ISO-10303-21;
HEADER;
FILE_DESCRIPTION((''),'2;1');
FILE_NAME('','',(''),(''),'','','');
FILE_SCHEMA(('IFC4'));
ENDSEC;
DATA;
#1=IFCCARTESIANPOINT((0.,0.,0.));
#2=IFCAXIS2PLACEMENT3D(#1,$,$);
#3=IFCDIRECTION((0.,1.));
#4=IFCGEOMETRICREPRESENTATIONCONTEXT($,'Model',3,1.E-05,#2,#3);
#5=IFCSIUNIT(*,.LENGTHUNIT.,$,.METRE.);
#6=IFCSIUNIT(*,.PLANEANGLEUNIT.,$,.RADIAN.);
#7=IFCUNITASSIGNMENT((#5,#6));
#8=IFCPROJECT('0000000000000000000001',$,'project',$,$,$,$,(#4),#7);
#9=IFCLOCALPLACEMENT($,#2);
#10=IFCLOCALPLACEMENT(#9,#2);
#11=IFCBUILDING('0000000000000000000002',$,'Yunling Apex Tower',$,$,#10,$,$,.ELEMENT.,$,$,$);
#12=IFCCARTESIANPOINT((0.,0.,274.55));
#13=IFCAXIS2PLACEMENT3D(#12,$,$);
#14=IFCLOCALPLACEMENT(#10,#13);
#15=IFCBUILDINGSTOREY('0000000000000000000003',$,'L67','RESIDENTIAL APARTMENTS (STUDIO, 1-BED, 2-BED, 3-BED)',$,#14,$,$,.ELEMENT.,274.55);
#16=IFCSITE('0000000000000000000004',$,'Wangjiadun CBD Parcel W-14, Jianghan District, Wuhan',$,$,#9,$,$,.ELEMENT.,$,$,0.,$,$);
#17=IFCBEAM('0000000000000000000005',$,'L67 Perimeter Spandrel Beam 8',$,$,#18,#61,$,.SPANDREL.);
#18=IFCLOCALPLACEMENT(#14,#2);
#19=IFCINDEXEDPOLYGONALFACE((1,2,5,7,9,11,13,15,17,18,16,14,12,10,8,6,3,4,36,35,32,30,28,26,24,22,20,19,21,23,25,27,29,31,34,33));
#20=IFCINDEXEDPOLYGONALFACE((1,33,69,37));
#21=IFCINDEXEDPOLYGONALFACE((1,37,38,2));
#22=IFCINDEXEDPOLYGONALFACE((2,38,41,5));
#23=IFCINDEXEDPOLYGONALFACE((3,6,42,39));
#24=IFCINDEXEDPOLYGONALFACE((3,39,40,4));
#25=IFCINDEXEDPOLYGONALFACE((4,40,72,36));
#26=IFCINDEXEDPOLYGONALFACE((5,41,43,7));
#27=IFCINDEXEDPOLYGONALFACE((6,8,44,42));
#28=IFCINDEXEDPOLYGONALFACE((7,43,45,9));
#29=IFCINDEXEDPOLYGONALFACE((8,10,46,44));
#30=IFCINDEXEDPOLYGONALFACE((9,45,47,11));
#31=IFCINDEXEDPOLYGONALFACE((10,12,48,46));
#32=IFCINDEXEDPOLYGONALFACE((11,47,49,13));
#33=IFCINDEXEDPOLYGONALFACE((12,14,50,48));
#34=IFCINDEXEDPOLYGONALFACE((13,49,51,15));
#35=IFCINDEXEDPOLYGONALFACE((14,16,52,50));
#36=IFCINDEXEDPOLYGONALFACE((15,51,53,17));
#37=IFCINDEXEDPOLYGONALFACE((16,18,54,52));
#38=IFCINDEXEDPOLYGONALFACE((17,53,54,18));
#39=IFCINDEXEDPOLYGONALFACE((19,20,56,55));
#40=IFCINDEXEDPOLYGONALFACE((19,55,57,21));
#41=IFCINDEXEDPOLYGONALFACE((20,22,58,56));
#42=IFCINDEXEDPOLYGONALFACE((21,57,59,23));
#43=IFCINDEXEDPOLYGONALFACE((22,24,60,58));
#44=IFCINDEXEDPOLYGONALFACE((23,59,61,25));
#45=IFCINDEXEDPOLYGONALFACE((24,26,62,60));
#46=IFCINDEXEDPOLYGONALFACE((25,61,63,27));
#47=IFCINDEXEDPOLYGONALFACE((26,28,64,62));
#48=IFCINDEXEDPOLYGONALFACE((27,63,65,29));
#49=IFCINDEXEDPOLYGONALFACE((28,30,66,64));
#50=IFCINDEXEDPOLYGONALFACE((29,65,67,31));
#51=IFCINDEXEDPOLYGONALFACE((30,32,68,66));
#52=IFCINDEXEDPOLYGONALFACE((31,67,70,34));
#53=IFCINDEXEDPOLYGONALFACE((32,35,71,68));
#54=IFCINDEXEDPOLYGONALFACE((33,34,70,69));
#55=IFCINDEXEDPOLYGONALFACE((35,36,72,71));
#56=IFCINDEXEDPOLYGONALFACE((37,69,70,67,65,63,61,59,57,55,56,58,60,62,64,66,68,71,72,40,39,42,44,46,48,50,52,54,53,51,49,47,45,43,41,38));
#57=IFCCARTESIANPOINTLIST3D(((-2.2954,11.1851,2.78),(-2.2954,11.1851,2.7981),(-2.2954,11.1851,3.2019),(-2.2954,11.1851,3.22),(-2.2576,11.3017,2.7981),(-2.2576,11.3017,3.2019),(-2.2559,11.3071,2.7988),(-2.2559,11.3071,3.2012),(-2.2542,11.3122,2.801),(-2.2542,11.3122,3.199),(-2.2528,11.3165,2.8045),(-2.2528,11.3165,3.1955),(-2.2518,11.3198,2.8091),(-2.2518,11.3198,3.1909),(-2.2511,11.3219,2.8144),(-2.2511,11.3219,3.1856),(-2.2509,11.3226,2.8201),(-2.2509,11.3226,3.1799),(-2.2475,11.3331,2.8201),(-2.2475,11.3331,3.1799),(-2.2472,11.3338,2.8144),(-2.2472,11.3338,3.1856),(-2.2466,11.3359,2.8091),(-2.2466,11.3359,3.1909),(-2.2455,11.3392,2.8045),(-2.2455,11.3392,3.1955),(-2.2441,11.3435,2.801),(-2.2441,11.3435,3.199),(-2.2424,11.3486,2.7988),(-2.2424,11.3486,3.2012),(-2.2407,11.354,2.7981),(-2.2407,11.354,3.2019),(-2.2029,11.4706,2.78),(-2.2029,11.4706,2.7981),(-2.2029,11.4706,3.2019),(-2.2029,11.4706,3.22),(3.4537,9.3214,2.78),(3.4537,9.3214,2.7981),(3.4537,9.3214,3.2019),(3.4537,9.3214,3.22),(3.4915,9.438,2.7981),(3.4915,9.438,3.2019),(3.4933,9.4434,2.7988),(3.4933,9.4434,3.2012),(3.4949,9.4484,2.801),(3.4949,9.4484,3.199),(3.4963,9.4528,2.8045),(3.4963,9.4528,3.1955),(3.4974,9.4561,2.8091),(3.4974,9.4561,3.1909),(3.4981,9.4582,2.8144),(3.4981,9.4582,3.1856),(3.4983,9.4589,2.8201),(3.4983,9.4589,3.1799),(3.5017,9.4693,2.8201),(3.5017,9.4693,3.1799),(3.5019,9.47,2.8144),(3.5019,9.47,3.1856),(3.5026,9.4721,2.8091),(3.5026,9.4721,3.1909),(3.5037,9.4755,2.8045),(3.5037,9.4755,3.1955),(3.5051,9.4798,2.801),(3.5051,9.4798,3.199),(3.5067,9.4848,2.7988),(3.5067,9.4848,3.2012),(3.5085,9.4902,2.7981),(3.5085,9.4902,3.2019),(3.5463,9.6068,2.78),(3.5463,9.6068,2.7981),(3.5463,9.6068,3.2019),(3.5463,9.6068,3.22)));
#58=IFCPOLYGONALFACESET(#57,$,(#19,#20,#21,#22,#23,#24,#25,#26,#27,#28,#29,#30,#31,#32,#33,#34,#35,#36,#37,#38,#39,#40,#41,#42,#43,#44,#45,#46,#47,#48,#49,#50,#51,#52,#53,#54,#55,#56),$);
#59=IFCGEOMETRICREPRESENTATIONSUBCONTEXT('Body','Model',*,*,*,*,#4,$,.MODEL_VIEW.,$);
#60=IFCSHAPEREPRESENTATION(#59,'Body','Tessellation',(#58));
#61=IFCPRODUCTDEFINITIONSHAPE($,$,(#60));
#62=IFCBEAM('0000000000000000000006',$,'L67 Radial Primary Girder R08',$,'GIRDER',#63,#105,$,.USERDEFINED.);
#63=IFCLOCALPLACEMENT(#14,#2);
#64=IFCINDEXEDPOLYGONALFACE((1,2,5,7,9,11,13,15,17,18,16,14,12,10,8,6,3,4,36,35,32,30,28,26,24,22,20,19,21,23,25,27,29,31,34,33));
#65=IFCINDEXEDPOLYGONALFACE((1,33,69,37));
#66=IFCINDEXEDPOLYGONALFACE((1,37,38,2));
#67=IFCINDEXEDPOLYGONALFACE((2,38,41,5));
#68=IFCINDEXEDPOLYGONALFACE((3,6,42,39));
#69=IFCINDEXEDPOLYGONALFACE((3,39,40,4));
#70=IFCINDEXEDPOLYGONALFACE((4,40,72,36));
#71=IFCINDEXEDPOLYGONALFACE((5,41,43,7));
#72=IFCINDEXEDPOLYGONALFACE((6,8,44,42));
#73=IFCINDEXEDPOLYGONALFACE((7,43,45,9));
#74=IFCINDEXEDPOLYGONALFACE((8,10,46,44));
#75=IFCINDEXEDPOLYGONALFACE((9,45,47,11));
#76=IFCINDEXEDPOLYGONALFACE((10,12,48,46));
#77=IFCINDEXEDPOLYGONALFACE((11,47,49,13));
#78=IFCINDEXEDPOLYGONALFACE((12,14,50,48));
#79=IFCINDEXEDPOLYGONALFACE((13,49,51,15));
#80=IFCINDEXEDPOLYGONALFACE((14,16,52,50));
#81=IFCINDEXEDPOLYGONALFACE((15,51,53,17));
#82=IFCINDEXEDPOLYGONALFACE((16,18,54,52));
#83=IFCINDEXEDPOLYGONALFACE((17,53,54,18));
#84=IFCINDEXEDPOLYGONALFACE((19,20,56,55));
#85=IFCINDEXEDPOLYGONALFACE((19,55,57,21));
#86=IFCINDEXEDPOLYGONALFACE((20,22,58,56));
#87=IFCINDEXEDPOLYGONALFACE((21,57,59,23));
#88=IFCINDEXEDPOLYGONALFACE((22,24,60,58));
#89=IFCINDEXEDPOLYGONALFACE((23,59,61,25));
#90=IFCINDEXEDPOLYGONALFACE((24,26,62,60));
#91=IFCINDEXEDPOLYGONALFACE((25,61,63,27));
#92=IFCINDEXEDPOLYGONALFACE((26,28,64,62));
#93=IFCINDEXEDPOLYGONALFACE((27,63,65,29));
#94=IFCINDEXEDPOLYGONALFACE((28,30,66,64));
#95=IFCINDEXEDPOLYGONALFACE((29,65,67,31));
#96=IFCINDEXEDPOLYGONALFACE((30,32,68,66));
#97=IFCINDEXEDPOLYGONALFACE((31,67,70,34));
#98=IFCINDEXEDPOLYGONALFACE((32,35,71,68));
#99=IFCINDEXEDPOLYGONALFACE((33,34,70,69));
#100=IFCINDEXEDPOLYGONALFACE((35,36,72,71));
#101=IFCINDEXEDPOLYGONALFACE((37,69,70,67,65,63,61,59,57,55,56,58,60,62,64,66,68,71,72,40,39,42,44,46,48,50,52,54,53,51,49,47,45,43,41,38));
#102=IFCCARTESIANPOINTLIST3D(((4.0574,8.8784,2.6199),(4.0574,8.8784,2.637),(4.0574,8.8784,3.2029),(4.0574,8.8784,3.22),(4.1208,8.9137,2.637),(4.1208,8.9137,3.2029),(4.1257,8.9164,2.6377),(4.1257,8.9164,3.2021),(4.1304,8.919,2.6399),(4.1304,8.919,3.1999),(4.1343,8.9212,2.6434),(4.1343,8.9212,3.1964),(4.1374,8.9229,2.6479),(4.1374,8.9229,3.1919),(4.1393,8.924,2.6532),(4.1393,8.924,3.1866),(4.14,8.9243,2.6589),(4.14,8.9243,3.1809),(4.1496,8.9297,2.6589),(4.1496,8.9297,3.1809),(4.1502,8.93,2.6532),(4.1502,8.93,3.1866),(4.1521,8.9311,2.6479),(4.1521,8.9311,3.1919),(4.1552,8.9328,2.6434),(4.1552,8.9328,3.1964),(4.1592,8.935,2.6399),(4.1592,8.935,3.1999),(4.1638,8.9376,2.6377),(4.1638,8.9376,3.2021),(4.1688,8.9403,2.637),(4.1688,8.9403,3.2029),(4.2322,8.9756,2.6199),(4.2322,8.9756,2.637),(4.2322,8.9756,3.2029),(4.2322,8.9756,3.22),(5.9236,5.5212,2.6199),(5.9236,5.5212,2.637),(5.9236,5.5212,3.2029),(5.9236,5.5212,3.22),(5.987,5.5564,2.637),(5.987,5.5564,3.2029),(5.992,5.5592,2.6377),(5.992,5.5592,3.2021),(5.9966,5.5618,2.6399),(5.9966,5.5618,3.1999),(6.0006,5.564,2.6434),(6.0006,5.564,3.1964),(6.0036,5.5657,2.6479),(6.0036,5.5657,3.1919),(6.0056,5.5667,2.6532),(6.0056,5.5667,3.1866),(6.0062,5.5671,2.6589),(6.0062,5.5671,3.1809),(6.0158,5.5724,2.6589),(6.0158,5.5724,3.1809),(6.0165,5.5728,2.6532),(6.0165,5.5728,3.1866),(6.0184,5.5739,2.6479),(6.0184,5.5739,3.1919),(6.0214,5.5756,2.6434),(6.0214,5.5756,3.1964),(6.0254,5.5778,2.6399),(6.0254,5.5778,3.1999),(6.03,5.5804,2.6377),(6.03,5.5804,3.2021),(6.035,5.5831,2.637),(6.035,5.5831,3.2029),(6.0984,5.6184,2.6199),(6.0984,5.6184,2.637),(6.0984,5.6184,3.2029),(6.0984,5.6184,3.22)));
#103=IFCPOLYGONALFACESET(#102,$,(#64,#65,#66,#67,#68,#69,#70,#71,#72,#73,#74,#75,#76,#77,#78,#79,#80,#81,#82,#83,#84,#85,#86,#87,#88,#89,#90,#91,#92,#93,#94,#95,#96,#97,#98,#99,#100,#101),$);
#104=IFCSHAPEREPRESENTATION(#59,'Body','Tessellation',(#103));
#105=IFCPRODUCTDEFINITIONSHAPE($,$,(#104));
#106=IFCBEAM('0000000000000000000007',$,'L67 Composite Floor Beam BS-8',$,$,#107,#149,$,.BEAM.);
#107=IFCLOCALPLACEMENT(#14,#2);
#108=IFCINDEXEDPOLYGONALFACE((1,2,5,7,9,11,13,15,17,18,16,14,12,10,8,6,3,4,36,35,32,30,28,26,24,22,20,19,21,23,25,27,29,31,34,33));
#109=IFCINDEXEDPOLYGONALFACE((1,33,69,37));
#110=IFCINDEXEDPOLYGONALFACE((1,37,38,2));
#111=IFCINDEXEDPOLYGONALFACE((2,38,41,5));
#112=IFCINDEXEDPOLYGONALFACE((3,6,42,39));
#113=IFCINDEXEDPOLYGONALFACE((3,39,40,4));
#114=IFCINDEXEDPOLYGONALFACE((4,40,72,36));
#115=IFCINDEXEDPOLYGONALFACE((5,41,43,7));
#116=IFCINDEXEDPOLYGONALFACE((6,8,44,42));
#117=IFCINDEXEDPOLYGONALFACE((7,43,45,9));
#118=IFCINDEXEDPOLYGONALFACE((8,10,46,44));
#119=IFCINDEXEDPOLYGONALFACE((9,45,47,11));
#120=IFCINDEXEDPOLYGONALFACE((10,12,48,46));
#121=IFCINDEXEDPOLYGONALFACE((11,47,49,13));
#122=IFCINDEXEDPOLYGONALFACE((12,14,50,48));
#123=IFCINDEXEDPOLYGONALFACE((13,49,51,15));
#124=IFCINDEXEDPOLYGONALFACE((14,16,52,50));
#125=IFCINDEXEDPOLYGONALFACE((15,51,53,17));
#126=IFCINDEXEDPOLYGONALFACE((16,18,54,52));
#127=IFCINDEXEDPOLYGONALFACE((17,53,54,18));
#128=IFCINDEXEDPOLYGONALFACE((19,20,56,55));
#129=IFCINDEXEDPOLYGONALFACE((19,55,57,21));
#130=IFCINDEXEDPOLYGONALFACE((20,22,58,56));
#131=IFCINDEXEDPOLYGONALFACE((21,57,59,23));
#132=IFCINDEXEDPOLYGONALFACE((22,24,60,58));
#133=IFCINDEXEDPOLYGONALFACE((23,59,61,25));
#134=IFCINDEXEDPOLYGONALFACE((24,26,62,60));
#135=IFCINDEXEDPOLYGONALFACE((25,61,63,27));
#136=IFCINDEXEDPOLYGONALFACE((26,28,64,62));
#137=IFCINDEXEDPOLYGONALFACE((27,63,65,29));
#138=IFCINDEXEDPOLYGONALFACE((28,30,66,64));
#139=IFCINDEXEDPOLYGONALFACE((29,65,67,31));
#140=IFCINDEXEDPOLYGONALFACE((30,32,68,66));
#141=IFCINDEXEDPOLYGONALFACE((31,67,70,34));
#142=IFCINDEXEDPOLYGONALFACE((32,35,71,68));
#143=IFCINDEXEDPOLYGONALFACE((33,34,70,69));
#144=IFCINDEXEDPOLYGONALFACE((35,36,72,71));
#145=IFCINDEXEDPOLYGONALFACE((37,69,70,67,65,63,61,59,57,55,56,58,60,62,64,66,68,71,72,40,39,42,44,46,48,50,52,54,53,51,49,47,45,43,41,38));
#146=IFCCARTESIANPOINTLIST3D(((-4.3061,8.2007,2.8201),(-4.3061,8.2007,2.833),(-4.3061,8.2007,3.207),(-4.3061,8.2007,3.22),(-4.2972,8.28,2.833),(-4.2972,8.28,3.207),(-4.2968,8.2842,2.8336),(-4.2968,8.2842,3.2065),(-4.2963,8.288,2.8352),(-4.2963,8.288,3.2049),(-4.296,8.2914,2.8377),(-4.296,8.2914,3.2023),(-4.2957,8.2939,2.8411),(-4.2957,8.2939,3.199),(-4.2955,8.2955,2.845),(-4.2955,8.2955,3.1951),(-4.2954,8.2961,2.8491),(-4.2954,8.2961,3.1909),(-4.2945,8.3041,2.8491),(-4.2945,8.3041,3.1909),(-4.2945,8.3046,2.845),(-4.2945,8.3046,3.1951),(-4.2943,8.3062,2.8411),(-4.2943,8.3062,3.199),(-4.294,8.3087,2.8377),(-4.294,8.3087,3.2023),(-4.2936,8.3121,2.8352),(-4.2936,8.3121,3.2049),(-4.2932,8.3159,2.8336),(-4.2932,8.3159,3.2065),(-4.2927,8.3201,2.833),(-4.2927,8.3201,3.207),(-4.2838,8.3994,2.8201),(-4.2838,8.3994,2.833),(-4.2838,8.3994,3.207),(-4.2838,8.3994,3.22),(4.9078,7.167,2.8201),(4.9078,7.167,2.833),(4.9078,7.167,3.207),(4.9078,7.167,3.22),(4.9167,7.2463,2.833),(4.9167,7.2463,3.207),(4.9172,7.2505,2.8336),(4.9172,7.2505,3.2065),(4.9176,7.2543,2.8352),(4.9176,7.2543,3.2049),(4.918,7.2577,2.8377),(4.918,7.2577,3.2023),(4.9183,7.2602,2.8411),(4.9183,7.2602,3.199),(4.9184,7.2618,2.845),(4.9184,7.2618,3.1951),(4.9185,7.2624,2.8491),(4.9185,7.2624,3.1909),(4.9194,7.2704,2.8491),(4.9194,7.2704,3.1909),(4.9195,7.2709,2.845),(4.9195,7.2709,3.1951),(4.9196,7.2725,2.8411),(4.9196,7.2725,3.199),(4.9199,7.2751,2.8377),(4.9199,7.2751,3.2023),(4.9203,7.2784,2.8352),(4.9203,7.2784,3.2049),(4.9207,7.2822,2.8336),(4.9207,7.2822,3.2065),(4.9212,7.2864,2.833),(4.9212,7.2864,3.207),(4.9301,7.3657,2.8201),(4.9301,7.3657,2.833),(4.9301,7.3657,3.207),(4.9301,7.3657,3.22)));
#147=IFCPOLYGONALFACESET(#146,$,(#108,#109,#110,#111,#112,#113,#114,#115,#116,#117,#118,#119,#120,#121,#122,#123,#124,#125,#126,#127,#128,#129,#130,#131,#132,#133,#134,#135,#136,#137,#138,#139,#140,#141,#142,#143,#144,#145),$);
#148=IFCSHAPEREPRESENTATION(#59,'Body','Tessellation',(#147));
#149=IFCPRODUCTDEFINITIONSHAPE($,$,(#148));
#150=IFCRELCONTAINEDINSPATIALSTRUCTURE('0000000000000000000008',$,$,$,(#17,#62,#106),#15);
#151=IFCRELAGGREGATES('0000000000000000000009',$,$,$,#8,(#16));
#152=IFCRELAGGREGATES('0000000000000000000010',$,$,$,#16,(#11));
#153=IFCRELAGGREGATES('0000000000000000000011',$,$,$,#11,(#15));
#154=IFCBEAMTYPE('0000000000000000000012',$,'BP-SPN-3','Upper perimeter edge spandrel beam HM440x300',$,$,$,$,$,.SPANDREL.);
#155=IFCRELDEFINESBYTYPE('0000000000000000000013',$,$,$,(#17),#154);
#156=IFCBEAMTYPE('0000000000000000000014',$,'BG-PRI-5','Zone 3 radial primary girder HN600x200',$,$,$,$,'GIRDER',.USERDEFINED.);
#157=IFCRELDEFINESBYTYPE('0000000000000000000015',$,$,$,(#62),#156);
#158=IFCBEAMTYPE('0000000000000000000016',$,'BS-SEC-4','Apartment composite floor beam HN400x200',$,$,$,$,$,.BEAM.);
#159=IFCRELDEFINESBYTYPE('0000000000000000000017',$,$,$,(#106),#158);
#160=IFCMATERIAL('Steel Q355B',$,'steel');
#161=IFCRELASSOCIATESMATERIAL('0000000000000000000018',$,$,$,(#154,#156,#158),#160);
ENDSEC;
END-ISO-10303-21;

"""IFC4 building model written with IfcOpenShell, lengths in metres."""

from ifc_helpers import new_model, si_unit, direction, frame, origin, origin_2d, place, context, subcontext, project, spatial, i_section, extrude, source, transform, mapped, material, material_profile, profile_set, type_object, element, save


model = new_model("IFC4")

# Units and contexts
model_context = context("Model", 3, precision=1e-05, world=origin(), true_north=direction((0.0, 1.0)))
body_context = subcontext(model_context, "Body", "Model", "MODEL_VIEW")
ifc_project = project(units=[si_unit("LENGTHUNIT", "METRE"), si_unit("PLANEANGLEUNIT", "RADIAN")], contexts=[model_context])

# Site, building, storey
site_placement = place(None, origin())
site = spatial("IfcSite", under=ifc_project, at=site_placement, Name="Wangjiadun CBD Parcel W-14, Jianghan District, Wuhan", CompositionType="ELEMENT", RefElevation=0.0)
building_placement = place(site_placement, origin())
building = spatial("IfcBuilding", under=site, at=building_placement, Name="Yunling Apex Tower", CompositionType="ELEMENT")
storey_placement = place(building_placement, frame((0.0, 0.0, 274.55)))
storey = spatial("IfcBuildingStorey", under=building, at=storey_placement, Name="L67", Description="RESIDENTIAL APARTMENTS (STUDIO, 1-BED, 2-BED, 3-BED)", CompositionType="ELEMENT", Elevation=274.55)

# Shared definitions
ifc_material_1 = material(Name="Steel Q355B", Category="steel")

# Beams
ifc_material_profile_1 = material_profile(ifc_material_1, i_section(OverallWidth=0.3, OverallDepth=0.4399, WebThickness=0.011, FlangeThickness=0.0181, FilletRadius=0.022, at=origin_2d()))
ifc_profile_set_1 = profile_set([ifc_material_profile_1], Name="Steel Q355B")
beam_type_1 = type_object("IfcBeamType", Name="BP-SPN-3", Description="Upper perimeter edge spandrel beam HM440x300", PredefinedType="SPANDREL", material=ifc_profile_set_1)
shared_shape_1 = source(origin(), body_context, "Body", "SweptSolid", [
    extrude(i_section(OverallWidth=0.3, OverallDepth=0.4399, WebThickness=0.011, FlangeThickness=0.0181, FilletRadius=0.022, at=origin_2d()), origin(), (0.0, 0.0, 1.0), 6.0437),
])
beam_1_placement = place(storey_placement, frame((3.5, 9.4641, 3.0), z_axis=(-0.951264, 0.308376, 0.0), x_axis=(-0.308376, -0.951264, 0.0)))
element("IfcBeam", 1, at=beam_1_placement, inside=storey, type_object=beam_type_1, Name="L67 Perimeter Spandrel Beam 8", PredefinedType="SPANDREL", context=body_context, shape_type="MappedRepresentation", body=[
    mapped(shared_shape_1, transform((0.0, 0.0, 0.0), scale=1.0)),
])
ifc_material_profile_2 = material_profile(ifc_material_1, i_section(OverallWidth=0.2, OverallDepth=0.6001, WebThickness=0.011, FlangeThickness=0.0171, FilletRadius=0.022, at=origin_2d()))
ifc_profile_set_2 = profile_set([ifc_material_profile_2], Name="Steel Q355B")
beam_type_2 = type_object("IfcBeamType", Name="BG-PRI-5", Description="Zone 3 radial primary girder HN600x200", ElementType="GIRDER", PredefinedType="USERDEFINED", material=ifc_profile_set_2)
shared_shape_2 = source(origin(), body_context, "Body", "SweptSolid", [
    extrude(i_section(OverallWidth=0.2, OverallDepth=0.6001, WebThickness=0.011, FlangeThickness=0.0171, FilletRadius=0.022, at=origin_2d()), origin(), (0.0, 0.0, 1.0), 3.8411),
])
beam_2_placement = place(storey_placement, frame((4.1448, 8.927, 2.9199), z_axis=(0.485864, -0.874034, 0.0), x_axis=(0.874034, 0.485864, 0.0)))
element("IfcBeam", 2, at=beam_2_placement, inside=storey, type_object=beam_type_2, Name="L67 Radial Primary Girder R08", ObjectType="GIRDER", PredefinedType="USERDEFINED", context=body_context, shape_type="MappedRepresentation", body=[
    mapped(shared_shape_2, transform((0.0, 0.0, 0.0), scale=1.0)),
])
ifc_material_profile_3 = material_profile(ifc_material_1, i_section(OverallWidth=0.2, OverallDepth=0.3999, WebThickness=0.0081, FlangeThickness=0.0129, FilletRadius=0.0161, at=origin_2d()))
ifc_profile_set_3 = profile_set([ifc_material_profile_3], Name="Steel Q355B")
beam_type_3 = type_object("IfcBeamType", Name="BS-SEC-4", Description="Apartment composite floor beam HN400x200", PredefinedType="BEAM", material=ifc_profile_set_3)
shared_shape_3 = source(origin(), body_context, "Body", "SweptSolid", [
    extrude(i_section(OverallWidth=0.2, OverallDepth=0.3999, WebThickness=0.0081, FlangeThickness=0.0129, FilletRadius=0.0161, at=origin_2d()), origin(), (0.0, 0.0, 1.0), 9.2717),
])
beam_3_placement = place(storey_placement, frame((4.9189, 7.2664, 3.02), z_axis=(-0.993766, 0.111489, 0.0), x_axis=(-0.111489, -0.993766, 0.0)))
element("IfcBeam", 3, at=beam_3_placement, inside=storey, type_object=beam_type_3, Name="L67 Composite Floor Beam BS-8", PredefinedType="BEAM", context=body_context, shape_type="MappedRepresentation", body=[
    mapped(shared_shape_3, transform((0.0, 0.0, 0.0), scale=1.0)),
])

save(model, "model.ifc")
